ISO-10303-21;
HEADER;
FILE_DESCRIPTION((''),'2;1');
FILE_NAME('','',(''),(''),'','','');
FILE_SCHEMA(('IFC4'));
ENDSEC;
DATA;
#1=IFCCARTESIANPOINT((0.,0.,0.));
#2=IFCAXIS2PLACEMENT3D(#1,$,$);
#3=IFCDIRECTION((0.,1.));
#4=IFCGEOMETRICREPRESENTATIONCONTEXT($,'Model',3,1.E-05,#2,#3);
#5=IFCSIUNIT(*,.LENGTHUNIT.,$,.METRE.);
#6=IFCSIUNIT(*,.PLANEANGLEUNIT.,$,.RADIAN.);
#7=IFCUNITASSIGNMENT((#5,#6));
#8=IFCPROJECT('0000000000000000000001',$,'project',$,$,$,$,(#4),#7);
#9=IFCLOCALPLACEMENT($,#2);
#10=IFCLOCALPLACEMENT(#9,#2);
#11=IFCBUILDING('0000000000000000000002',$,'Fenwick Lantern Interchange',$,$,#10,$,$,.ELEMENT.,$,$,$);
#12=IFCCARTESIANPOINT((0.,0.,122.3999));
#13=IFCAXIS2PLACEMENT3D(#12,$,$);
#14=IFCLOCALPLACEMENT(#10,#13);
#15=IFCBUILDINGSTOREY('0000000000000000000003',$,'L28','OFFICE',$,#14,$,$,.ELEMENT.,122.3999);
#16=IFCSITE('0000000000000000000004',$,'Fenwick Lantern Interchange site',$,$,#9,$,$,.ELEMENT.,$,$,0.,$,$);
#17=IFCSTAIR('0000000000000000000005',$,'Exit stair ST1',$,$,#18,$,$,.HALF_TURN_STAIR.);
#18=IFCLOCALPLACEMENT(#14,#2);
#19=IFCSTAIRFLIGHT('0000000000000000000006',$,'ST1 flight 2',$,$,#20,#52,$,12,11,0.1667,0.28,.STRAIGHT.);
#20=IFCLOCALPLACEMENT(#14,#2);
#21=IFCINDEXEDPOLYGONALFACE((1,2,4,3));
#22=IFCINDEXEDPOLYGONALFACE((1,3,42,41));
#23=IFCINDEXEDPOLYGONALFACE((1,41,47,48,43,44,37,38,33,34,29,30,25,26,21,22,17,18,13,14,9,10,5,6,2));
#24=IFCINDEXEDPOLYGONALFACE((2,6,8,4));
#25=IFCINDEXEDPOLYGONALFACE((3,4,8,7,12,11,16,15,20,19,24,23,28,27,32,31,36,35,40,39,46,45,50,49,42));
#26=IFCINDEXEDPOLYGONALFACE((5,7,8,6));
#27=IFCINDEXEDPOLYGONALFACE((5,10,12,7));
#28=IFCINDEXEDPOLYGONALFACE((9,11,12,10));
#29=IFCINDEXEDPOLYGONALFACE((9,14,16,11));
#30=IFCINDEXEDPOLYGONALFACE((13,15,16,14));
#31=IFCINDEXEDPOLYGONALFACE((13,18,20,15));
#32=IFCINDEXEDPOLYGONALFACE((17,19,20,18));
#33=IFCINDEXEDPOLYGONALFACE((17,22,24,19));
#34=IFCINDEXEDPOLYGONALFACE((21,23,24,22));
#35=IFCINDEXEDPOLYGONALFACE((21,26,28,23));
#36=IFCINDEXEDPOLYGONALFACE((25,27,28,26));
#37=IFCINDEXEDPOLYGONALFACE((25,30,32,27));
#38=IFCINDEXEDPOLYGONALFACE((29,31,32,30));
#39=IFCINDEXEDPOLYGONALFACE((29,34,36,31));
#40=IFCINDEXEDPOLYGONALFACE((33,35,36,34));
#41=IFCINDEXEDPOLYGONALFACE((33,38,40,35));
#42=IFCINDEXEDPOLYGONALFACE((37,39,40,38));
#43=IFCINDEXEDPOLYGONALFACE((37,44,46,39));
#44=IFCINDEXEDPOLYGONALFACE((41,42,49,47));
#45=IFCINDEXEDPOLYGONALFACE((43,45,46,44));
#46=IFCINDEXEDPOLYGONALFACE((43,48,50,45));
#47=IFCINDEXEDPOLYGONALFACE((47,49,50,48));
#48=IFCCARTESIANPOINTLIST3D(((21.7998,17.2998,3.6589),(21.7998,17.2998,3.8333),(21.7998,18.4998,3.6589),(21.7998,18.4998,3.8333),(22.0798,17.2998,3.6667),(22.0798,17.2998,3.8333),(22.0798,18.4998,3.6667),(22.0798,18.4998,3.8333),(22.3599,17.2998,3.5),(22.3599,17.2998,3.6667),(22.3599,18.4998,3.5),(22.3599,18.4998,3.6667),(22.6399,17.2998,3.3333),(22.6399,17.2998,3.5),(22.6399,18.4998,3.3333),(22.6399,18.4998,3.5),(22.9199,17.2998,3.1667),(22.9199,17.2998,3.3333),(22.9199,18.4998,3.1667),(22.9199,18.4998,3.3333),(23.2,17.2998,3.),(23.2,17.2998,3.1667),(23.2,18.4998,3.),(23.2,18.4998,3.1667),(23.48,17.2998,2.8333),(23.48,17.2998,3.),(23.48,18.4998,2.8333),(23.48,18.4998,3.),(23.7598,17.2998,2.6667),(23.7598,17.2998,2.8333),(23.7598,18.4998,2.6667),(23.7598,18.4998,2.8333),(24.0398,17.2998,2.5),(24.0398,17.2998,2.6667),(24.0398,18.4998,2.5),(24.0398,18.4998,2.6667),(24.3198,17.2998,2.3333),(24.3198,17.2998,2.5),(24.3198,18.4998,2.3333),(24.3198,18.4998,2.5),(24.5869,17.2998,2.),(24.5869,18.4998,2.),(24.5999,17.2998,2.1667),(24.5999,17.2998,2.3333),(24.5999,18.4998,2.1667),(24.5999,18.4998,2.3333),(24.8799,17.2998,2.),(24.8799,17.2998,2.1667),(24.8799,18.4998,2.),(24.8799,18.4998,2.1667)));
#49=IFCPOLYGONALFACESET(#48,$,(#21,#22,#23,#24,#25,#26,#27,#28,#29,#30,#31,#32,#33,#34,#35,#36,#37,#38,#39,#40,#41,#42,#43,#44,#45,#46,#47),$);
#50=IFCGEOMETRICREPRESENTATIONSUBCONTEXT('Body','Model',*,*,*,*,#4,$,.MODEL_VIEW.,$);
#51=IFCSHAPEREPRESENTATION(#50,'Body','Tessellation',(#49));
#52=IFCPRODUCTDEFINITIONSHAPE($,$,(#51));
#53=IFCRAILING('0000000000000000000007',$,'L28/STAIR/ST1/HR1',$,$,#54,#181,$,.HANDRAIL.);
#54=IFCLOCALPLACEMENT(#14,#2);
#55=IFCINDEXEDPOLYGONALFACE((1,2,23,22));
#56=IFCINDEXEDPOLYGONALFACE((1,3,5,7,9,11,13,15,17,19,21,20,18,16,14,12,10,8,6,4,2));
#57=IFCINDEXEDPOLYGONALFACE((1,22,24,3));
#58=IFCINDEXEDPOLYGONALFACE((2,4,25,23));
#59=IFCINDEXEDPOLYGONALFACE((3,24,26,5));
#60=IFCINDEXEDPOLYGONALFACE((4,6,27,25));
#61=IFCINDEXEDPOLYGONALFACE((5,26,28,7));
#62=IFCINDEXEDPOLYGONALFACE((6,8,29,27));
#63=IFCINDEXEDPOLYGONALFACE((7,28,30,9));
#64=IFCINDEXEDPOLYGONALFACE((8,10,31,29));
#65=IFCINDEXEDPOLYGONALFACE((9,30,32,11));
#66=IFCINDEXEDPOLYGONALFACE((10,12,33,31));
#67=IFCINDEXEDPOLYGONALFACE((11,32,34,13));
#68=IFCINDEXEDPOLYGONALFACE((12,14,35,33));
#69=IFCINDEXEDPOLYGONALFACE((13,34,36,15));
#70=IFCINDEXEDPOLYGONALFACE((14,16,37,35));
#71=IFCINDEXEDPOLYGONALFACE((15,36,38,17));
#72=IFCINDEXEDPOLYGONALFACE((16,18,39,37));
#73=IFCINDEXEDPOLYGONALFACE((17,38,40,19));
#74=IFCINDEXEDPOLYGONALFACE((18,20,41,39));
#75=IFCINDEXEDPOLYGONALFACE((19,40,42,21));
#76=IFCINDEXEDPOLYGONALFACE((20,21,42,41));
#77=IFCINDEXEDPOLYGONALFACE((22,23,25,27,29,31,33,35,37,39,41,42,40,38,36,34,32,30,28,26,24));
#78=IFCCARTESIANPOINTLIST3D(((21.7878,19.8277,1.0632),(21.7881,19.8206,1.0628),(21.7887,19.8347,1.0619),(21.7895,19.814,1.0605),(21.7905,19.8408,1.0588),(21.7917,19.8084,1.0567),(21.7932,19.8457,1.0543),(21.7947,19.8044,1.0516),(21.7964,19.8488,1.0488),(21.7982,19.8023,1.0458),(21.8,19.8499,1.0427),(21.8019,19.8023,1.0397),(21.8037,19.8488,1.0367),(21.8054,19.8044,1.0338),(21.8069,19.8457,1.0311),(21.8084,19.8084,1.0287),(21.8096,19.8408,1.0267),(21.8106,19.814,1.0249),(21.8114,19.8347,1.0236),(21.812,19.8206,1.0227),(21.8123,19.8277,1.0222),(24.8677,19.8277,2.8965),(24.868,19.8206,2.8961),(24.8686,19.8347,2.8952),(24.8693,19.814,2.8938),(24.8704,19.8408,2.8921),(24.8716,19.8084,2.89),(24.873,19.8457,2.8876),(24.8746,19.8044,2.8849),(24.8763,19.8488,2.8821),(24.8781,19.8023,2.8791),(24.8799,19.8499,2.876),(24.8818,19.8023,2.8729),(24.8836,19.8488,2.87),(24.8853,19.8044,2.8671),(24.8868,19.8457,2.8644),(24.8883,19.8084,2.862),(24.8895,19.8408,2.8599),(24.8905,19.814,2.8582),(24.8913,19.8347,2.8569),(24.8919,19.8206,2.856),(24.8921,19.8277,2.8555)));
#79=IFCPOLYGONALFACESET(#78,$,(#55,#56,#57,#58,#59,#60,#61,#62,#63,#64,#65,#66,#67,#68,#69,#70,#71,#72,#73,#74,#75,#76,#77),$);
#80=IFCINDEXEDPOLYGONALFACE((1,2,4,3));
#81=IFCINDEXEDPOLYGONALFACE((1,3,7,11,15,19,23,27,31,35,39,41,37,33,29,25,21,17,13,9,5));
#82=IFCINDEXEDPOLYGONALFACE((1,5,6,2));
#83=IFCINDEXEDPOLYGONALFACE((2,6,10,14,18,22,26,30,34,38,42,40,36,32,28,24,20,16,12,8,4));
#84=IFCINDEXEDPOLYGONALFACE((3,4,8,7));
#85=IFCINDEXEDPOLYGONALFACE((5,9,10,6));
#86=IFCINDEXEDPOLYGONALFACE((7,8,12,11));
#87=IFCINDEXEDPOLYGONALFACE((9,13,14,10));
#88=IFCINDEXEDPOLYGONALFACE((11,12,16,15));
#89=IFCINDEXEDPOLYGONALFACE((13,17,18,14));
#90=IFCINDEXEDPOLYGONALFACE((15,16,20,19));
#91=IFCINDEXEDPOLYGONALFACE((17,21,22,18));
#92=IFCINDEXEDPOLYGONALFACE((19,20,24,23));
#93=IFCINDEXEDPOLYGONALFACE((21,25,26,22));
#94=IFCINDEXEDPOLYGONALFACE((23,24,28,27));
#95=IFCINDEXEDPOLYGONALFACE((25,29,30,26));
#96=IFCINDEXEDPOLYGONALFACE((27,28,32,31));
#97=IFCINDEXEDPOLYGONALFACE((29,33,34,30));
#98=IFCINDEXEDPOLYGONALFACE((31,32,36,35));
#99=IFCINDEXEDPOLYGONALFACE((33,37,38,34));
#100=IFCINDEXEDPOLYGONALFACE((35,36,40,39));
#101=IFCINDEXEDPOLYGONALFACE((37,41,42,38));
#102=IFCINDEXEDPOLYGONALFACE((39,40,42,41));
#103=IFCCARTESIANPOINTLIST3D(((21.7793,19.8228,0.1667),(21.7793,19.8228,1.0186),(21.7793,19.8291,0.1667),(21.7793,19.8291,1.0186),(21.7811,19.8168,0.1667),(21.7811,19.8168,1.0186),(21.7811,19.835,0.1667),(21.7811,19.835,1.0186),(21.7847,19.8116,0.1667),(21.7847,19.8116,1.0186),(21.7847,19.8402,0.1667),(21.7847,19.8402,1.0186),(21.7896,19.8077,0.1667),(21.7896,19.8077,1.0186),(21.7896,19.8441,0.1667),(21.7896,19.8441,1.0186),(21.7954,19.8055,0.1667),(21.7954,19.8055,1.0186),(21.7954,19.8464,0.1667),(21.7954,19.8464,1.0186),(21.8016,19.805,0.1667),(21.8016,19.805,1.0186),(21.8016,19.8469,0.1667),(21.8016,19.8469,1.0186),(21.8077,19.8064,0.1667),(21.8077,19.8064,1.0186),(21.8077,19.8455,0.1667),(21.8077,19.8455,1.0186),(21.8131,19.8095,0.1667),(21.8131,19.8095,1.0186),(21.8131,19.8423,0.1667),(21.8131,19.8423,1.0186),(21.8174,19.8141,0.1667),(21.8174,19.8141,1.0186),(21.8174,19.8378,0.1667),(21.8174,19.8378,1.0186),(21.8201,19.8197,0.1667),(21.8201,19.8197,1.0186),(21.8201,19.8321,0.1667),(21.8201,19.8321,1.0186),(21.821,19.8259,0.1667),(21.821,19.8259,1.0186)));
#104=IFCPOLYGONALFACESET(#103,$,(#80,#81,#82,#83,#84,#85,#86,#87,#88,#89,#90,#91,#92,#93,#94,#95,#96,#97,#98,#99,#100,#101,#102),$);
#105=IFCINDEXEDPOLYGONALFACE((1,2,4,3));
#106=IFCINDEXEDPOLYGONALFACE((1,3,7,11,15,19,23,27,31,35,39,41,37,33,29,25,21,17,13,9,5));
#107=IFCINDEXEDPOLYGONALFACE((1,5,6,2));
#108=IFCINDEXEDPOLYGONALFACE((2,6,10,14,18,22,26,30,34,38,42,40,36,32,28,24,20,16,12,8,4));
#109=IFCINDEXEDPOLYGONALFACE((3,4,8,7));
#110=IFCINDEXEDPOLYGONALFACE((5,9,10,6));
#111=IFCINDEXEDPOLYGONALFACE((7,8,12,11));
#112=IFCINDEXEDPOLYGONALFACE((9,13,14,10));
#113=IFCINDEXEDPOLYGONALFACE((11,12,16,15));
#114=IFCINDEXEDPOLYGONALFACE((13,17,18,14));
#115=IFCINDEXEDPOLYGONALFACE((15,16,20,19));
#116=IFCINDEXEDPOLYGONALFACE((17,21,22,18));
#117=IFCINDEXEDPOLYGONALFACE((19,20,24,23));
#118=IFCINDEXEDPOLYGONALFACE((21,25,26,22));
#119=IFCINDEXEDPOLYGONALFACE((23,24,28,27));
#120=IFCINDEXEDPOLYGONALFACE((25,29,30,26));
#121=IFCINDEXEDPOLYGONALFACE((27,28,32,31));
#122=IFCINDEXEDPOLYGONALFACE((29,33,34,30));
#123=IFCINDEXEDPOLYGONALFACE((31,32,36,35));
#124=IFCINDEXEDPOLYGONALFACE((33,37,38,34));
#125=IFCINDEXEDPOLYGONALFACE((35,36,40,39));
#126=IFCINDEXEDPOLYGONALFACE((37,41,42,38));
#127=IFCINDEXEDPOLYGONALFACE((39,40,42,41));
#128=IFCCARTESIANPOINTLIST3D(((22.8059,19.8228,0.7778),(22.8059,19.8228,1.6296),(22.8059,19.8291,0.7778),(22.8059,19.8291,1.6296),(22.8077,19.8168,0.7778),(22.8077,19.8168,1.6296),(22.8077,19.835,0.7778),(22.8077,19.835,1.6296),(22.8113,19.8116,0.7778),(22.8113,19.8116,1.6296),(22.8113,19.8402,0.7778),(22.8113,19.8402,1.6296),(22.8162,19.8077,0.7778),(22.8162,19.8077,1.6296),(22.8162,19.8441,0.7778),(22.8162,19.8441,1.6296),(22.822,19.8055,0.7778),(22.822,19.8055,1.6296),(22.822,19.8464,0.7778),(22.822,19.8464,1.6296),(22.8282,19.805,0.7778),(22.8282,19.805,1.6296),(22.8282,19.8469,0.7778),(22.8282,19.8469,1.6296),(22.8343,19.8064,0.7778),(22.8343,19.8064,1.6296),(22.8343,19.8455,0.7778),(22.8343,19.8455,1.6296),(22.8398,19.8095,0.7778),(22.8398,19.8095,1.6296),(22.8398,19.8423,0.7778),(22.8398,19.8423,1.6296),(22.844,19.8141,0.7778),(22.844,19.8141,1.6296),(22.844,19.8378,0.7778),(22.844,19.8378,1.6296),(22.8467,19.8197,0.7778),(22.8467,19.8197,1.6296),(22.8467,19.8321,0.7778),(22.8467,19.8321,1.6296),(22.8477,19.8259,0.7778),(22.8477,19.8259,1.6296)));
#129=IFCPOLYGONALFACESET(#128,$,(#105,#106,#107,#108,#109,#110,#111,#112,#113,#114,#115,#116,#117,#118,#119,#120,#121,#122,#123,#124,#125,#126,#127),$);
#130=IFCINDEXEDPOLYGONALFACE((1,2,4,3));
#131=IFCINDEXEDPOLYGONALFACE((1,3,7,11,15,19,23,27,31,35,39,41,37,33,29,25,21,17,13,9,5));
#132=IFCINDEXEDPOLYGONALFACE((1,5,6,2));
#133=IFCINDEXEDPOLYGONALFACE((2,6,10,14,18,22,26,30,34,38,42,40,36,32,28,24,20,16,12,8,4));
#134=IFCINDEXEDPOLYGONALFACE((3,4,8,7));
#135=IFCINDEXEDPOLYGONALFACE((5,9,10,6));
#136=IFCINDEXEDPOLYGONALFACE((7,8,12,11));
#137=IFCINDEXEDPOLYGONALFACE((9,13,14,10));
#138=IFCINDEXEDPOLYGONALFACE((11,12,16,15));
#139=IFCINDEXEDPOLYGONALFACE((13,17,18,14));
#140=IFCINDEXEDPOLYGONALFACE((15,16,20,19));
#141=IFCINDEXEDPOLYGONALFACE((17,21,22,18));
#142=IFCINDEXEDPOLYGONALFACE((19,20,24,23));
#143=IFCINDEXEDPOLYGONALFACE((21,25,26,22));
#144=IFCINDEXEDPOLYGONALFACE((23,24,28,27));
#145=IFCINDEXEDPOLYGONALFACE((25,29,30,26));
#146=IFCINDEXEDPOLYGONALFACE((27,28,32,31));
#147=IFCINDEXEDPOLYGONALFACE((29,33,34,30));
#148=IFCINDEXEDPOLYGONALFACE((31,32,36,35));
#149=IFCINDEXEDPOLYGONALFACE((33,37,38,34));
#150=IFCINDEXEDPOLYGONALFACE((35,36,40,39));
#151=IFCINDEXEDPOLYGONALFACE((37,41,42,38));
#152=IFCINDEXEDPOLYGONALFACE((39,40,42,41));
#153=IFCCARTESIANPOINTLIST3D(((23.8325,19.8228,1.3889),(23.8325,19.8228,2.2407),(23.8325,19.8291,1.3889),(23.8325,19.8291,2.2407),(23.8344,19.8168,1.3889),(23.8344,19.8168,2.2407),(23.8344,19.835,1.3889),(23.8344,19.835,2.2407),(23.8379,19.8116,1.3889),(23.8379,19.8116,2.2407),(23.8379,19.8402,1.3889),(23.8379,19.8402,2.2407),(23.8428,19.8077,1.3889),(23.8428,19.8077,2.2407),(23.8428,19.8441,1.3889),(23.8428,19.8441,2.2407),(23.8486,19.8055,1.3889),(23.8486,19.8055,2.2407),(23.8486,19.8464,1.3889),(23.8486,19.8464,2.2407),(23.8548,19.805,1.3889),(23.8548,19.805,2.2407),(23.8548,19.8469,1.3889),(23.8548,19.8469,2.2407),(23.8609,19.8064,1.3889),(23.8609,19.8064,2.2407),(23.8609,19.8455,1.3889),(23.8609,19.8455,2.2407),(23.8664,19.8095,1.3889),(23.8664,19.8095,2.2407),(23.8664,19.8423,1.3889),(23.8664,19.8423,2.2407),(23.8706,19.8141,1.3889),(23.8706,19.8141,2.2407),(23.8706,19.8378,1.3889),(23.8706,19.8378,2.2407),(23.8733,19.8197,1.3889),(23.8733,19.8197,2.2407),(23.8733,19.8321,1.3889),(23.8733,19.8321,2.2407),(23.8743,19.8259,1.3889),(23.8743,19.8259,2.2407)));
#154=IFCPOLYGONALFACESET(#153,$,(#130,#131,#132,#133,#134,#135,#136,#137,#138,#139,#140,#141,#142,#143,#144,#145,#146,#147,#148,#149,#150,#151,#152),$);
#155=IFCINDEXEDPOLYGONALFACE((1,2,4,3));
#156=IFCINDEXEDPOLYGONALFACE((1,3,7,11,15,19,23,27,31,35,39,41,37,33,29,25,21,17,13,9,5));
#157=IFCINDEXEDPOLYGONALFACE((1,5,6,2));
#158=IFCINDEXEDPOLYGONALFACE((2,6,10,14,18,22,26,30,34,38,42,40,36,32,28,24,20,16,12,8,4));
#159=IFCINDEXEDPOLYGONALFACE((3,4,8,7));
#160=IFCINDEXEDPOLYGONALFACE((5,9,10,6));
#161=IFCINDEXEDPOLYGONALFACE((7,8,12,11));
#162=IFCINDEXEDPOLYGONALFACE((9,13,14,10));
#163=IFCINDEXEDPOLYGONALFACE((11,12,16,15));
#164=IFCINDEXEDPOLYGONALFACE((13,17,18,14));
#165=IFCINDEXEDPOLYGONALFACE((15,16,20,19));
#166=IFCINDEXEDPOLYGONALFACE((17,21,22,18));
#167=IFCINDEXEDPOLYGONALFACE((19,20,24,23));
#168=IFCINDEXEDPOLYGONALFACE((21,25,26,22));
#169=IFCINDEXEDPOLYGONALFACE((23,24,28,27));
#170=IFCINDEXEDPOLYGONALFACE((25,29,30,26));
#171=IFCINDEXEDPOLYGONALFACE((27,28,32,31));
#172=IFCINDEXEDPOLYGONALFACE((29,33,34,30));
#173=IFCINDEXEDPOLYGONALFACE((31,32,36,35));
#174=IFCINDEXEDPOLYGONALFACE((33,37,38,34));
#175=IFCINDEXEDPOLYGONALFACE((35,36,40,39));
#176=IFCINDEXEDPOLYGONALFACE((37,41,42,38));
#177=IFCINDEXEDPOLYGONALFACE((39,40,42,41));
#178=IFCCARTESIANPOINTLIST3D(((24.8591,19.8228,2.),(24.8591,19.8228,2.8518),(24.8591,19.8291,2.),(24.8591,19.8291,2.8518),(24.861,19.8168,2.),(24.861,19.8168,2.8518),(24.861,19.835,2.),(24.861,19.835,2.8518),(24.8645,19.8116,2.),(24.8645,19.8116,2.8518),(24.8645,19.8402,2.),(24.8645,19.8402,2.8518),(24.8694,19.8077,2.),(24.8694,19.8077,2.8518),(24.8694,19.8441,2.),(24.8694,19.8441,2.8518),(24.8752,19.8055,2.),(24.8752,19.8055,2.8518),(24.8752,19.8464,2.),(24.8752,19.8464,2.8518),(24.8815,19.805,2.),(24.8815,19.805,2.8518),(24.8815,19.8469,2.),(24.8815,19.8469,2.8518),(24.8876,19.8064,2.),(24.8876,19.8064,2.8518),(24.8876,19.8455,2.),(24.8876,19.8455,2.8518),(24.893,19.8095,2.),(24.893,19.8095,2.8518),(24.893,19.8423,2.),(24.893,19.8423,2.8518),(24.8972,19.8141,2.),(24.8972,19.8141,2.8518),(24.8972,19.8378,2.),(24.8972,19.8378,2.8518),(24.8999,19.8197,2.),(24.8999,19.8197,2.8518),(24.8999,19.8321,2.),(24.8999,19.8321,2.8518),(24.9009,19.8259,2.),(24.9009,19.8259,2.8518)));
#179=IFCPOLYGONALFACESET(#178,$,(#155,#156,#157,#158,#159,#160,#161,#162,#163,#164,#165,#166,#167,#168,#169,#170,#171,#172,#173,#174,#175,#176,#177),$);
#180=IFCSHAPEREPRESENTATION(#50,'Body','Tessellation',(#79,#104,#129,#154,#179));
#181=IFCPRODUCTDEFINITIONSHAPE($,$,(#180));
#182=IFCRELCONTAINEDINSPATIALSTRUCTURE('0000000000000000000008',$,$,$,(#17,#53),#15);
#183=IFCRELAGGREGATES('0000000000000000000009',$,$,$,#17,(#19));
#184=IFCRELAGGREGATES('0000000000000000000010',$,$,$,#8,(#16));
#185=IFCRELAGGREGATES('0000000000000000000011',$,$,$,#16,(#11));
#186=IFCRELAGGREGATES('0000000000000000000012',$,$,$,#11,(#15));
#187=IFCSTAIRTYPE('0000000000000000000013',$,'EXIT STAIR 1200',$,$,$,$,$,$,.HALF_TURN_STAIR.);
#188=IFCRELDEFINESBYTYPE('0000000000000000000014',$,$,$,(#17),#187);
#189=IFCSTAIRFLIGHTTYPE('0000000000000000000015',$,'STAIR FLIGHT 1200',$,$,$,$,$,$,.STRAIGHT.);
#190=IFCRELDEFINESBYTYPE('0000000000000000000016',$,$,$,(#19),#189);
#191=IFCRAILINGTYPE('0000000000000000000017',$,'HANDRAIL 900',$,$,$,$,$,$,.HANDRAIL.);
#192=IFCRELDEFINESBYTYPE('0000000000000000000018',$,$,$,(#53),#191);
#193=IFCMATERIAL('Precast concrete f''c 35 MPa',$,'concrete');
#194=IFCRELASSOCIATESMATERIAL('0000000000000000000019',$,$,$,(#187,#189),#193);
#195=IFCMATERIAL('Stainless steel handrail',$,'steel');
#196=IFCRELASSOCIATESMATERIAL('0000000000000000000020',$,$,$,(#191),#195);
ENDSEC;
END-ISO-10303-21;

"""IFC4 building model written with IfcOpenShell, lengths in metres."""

from ifc_helpers import new_model, si_unit, direction, frame, origin, origin_2d, place, context, subcontext, project, spatial, polyline, circle, outline, extrude, material, type_object, element, aggregate, save


model = new_model("IFC4")

# Units and contexts
model_context = context("Model", 3, precision=1e-05, world=origin(), true_north=direction((0.0, 1.0)))
body_context = subcontext(model_context, "Body", "Model", "MODEL_VIEW")
ifc_project = project(units=[si_unit("LENGTHUNIT", "METRE"), si_unit("PLANEANGLEUNIT", "RADIAN")], contexts=[model_context])

# Site, building, storey
site_placement = place(None, origin())
site = spatial("IfcSite", under=ifc_project, at=site_placement, Name="Fenwick Lantern Interchange site", CompositionType="ELEMENT", RefElevation=0.0)
building_placement = place(site_placement, origin())
building = spatial("IfcBuilding", under=site, at=building_placement, Name="Fenwick Lantern Interchange", CompositionType="ELEMENT")
storey_placement = place(building_placement, frame((0.0, 0.0, 122.3999)))
storey = spatial("IfcBuildingStorey", under=building, at=storey_placement, Name="L28", Description="OFFICE", CompositionType="ELEMENT", Elevation=122.3999)

# Stair, stair flight
ifc_material_1 = material(Name="Precast concrete f'c 35 MPa", Category="concrete")
stair_type = type_object("IfcStairType", Name="EXIT STAIR 1200", PredefinedType="HALF_TURN_STAIR", material=ifc_material_1)
stair_placement = place(storey_placement, origin())
stair = element("IfcStair", 1, at=stair_placement, inside=storey, type_object=stair_type, Name="Exit stair ST1", PredefinedType="HALF_TURN_STAIR")
stair_flight_type = type_object("IfcStairFlightType", Name="STAIR FLIGHT 1200", PredefinedType="STRAIGHT", material=ifc_material_1)
stair_flight_1_placement = place(storey_placement, frame((24.8799, 17.8999, 2.0), z_axis=(0.0, 0.0, 1.0), x_axis=(-1.0, 0.0, 0.0)))
stair_flight_1 = element("IfcStairFlight", 2, at=stair_flight_1_placement, type_object=stair_flight_type, Name="ST1 flight 2", NumberOfRisers=12, NumberOfTreads=11, PredefinedType="STRAIGHT", RiserHeight=0.1667, TreadLength=0.28, context=body_context, shape_type="SweptSolid", body=[
    extrude(outline(polyline([(0.0, 0.0), (0.0, 0.1667), (0.28, 0.1667), (0.28, 0.3333), (0.5601, 0.3333), (0.5601, 0.5), (0.8401, 0.5), (0.8401, 0.6667), (1.1201, 0.6667), (1.1201, 0.8333), (1.3999, 0.8333), (1.3999, 1.0), (1.6799, 1.0), (1.6799, 1.1667), (1.96, 1.1667), (1.96, 1.3333), (2.24, 1.3333), (2.24, 1.5), (2.52, 1.5), (2.52, 1.6667), (2.8, 1.6667), (2.8, 1.8333), (3.0801, 1.8333), (3.0801, 2.0), (3.0801, 1.6589), (0.293, 0.0), (0.0, 0.0)])), frame((0.0, 0.6001, 0.0), z_axis=(0.0, -1.0, 0.0), x_axis=(1.0, 0.0, 0.0)), (0.0, 0.0, 1.0), 1.2),
])
aggregate(stair, [stair_flight_1])

# Railing
ifc_material_2 = material(Name="Stainless steel handrail", Category="steel")
railing_type = type_object("IfcRailingType", Name="HANDRAIL 900", PredefinedType="HANDRAIL", material=ifc_material_2)
railing_1_placement = place(storey_placement, frame((21.8, 19.8259, 0.1667)))
element("IfcRailing", 3, at=railing_1_placement, inside=storey, type_object=railing_type, Name="L28/STAIR/ST1/HR1", PredefinedType="HANDRAIL", context=body_context, shape_type="SweptSolid", body=[
    extrude(circle(Radius=0.0239, at=origin_2d()), frame((0.0, 0.0, 0.876), z_axis=(0.859291, 0.0, 0.511487), x_axis=(0.0, 1.0, 0.0)), (0.0, 0.0, 1.0), 3.5842),
    extrude(circle(Radius=0.021, at=origin_2d()), origin(), (0.0, 0.0, 1.0), 0.8518),
    extrude(circle(Radius=0.021, at=origin_2d()), frame((1.0266, 0.0, 0.6111)), (0.0, 0.0, 1.0), 0.8518),
    extrude(circle(Radius=0.021, at=origin_2d()), frame((2.0532, 0.0, 1.2222)), (0.0, 0.0, 1.0), 0.8518),
    extrude(circle(Radius=0.021, at=origin_2d()), frame((3.0798, 0.0, 1.8333)), (0.0, 0.0, 1.0), 0.8518),
])

save(model, "model.ifc")
